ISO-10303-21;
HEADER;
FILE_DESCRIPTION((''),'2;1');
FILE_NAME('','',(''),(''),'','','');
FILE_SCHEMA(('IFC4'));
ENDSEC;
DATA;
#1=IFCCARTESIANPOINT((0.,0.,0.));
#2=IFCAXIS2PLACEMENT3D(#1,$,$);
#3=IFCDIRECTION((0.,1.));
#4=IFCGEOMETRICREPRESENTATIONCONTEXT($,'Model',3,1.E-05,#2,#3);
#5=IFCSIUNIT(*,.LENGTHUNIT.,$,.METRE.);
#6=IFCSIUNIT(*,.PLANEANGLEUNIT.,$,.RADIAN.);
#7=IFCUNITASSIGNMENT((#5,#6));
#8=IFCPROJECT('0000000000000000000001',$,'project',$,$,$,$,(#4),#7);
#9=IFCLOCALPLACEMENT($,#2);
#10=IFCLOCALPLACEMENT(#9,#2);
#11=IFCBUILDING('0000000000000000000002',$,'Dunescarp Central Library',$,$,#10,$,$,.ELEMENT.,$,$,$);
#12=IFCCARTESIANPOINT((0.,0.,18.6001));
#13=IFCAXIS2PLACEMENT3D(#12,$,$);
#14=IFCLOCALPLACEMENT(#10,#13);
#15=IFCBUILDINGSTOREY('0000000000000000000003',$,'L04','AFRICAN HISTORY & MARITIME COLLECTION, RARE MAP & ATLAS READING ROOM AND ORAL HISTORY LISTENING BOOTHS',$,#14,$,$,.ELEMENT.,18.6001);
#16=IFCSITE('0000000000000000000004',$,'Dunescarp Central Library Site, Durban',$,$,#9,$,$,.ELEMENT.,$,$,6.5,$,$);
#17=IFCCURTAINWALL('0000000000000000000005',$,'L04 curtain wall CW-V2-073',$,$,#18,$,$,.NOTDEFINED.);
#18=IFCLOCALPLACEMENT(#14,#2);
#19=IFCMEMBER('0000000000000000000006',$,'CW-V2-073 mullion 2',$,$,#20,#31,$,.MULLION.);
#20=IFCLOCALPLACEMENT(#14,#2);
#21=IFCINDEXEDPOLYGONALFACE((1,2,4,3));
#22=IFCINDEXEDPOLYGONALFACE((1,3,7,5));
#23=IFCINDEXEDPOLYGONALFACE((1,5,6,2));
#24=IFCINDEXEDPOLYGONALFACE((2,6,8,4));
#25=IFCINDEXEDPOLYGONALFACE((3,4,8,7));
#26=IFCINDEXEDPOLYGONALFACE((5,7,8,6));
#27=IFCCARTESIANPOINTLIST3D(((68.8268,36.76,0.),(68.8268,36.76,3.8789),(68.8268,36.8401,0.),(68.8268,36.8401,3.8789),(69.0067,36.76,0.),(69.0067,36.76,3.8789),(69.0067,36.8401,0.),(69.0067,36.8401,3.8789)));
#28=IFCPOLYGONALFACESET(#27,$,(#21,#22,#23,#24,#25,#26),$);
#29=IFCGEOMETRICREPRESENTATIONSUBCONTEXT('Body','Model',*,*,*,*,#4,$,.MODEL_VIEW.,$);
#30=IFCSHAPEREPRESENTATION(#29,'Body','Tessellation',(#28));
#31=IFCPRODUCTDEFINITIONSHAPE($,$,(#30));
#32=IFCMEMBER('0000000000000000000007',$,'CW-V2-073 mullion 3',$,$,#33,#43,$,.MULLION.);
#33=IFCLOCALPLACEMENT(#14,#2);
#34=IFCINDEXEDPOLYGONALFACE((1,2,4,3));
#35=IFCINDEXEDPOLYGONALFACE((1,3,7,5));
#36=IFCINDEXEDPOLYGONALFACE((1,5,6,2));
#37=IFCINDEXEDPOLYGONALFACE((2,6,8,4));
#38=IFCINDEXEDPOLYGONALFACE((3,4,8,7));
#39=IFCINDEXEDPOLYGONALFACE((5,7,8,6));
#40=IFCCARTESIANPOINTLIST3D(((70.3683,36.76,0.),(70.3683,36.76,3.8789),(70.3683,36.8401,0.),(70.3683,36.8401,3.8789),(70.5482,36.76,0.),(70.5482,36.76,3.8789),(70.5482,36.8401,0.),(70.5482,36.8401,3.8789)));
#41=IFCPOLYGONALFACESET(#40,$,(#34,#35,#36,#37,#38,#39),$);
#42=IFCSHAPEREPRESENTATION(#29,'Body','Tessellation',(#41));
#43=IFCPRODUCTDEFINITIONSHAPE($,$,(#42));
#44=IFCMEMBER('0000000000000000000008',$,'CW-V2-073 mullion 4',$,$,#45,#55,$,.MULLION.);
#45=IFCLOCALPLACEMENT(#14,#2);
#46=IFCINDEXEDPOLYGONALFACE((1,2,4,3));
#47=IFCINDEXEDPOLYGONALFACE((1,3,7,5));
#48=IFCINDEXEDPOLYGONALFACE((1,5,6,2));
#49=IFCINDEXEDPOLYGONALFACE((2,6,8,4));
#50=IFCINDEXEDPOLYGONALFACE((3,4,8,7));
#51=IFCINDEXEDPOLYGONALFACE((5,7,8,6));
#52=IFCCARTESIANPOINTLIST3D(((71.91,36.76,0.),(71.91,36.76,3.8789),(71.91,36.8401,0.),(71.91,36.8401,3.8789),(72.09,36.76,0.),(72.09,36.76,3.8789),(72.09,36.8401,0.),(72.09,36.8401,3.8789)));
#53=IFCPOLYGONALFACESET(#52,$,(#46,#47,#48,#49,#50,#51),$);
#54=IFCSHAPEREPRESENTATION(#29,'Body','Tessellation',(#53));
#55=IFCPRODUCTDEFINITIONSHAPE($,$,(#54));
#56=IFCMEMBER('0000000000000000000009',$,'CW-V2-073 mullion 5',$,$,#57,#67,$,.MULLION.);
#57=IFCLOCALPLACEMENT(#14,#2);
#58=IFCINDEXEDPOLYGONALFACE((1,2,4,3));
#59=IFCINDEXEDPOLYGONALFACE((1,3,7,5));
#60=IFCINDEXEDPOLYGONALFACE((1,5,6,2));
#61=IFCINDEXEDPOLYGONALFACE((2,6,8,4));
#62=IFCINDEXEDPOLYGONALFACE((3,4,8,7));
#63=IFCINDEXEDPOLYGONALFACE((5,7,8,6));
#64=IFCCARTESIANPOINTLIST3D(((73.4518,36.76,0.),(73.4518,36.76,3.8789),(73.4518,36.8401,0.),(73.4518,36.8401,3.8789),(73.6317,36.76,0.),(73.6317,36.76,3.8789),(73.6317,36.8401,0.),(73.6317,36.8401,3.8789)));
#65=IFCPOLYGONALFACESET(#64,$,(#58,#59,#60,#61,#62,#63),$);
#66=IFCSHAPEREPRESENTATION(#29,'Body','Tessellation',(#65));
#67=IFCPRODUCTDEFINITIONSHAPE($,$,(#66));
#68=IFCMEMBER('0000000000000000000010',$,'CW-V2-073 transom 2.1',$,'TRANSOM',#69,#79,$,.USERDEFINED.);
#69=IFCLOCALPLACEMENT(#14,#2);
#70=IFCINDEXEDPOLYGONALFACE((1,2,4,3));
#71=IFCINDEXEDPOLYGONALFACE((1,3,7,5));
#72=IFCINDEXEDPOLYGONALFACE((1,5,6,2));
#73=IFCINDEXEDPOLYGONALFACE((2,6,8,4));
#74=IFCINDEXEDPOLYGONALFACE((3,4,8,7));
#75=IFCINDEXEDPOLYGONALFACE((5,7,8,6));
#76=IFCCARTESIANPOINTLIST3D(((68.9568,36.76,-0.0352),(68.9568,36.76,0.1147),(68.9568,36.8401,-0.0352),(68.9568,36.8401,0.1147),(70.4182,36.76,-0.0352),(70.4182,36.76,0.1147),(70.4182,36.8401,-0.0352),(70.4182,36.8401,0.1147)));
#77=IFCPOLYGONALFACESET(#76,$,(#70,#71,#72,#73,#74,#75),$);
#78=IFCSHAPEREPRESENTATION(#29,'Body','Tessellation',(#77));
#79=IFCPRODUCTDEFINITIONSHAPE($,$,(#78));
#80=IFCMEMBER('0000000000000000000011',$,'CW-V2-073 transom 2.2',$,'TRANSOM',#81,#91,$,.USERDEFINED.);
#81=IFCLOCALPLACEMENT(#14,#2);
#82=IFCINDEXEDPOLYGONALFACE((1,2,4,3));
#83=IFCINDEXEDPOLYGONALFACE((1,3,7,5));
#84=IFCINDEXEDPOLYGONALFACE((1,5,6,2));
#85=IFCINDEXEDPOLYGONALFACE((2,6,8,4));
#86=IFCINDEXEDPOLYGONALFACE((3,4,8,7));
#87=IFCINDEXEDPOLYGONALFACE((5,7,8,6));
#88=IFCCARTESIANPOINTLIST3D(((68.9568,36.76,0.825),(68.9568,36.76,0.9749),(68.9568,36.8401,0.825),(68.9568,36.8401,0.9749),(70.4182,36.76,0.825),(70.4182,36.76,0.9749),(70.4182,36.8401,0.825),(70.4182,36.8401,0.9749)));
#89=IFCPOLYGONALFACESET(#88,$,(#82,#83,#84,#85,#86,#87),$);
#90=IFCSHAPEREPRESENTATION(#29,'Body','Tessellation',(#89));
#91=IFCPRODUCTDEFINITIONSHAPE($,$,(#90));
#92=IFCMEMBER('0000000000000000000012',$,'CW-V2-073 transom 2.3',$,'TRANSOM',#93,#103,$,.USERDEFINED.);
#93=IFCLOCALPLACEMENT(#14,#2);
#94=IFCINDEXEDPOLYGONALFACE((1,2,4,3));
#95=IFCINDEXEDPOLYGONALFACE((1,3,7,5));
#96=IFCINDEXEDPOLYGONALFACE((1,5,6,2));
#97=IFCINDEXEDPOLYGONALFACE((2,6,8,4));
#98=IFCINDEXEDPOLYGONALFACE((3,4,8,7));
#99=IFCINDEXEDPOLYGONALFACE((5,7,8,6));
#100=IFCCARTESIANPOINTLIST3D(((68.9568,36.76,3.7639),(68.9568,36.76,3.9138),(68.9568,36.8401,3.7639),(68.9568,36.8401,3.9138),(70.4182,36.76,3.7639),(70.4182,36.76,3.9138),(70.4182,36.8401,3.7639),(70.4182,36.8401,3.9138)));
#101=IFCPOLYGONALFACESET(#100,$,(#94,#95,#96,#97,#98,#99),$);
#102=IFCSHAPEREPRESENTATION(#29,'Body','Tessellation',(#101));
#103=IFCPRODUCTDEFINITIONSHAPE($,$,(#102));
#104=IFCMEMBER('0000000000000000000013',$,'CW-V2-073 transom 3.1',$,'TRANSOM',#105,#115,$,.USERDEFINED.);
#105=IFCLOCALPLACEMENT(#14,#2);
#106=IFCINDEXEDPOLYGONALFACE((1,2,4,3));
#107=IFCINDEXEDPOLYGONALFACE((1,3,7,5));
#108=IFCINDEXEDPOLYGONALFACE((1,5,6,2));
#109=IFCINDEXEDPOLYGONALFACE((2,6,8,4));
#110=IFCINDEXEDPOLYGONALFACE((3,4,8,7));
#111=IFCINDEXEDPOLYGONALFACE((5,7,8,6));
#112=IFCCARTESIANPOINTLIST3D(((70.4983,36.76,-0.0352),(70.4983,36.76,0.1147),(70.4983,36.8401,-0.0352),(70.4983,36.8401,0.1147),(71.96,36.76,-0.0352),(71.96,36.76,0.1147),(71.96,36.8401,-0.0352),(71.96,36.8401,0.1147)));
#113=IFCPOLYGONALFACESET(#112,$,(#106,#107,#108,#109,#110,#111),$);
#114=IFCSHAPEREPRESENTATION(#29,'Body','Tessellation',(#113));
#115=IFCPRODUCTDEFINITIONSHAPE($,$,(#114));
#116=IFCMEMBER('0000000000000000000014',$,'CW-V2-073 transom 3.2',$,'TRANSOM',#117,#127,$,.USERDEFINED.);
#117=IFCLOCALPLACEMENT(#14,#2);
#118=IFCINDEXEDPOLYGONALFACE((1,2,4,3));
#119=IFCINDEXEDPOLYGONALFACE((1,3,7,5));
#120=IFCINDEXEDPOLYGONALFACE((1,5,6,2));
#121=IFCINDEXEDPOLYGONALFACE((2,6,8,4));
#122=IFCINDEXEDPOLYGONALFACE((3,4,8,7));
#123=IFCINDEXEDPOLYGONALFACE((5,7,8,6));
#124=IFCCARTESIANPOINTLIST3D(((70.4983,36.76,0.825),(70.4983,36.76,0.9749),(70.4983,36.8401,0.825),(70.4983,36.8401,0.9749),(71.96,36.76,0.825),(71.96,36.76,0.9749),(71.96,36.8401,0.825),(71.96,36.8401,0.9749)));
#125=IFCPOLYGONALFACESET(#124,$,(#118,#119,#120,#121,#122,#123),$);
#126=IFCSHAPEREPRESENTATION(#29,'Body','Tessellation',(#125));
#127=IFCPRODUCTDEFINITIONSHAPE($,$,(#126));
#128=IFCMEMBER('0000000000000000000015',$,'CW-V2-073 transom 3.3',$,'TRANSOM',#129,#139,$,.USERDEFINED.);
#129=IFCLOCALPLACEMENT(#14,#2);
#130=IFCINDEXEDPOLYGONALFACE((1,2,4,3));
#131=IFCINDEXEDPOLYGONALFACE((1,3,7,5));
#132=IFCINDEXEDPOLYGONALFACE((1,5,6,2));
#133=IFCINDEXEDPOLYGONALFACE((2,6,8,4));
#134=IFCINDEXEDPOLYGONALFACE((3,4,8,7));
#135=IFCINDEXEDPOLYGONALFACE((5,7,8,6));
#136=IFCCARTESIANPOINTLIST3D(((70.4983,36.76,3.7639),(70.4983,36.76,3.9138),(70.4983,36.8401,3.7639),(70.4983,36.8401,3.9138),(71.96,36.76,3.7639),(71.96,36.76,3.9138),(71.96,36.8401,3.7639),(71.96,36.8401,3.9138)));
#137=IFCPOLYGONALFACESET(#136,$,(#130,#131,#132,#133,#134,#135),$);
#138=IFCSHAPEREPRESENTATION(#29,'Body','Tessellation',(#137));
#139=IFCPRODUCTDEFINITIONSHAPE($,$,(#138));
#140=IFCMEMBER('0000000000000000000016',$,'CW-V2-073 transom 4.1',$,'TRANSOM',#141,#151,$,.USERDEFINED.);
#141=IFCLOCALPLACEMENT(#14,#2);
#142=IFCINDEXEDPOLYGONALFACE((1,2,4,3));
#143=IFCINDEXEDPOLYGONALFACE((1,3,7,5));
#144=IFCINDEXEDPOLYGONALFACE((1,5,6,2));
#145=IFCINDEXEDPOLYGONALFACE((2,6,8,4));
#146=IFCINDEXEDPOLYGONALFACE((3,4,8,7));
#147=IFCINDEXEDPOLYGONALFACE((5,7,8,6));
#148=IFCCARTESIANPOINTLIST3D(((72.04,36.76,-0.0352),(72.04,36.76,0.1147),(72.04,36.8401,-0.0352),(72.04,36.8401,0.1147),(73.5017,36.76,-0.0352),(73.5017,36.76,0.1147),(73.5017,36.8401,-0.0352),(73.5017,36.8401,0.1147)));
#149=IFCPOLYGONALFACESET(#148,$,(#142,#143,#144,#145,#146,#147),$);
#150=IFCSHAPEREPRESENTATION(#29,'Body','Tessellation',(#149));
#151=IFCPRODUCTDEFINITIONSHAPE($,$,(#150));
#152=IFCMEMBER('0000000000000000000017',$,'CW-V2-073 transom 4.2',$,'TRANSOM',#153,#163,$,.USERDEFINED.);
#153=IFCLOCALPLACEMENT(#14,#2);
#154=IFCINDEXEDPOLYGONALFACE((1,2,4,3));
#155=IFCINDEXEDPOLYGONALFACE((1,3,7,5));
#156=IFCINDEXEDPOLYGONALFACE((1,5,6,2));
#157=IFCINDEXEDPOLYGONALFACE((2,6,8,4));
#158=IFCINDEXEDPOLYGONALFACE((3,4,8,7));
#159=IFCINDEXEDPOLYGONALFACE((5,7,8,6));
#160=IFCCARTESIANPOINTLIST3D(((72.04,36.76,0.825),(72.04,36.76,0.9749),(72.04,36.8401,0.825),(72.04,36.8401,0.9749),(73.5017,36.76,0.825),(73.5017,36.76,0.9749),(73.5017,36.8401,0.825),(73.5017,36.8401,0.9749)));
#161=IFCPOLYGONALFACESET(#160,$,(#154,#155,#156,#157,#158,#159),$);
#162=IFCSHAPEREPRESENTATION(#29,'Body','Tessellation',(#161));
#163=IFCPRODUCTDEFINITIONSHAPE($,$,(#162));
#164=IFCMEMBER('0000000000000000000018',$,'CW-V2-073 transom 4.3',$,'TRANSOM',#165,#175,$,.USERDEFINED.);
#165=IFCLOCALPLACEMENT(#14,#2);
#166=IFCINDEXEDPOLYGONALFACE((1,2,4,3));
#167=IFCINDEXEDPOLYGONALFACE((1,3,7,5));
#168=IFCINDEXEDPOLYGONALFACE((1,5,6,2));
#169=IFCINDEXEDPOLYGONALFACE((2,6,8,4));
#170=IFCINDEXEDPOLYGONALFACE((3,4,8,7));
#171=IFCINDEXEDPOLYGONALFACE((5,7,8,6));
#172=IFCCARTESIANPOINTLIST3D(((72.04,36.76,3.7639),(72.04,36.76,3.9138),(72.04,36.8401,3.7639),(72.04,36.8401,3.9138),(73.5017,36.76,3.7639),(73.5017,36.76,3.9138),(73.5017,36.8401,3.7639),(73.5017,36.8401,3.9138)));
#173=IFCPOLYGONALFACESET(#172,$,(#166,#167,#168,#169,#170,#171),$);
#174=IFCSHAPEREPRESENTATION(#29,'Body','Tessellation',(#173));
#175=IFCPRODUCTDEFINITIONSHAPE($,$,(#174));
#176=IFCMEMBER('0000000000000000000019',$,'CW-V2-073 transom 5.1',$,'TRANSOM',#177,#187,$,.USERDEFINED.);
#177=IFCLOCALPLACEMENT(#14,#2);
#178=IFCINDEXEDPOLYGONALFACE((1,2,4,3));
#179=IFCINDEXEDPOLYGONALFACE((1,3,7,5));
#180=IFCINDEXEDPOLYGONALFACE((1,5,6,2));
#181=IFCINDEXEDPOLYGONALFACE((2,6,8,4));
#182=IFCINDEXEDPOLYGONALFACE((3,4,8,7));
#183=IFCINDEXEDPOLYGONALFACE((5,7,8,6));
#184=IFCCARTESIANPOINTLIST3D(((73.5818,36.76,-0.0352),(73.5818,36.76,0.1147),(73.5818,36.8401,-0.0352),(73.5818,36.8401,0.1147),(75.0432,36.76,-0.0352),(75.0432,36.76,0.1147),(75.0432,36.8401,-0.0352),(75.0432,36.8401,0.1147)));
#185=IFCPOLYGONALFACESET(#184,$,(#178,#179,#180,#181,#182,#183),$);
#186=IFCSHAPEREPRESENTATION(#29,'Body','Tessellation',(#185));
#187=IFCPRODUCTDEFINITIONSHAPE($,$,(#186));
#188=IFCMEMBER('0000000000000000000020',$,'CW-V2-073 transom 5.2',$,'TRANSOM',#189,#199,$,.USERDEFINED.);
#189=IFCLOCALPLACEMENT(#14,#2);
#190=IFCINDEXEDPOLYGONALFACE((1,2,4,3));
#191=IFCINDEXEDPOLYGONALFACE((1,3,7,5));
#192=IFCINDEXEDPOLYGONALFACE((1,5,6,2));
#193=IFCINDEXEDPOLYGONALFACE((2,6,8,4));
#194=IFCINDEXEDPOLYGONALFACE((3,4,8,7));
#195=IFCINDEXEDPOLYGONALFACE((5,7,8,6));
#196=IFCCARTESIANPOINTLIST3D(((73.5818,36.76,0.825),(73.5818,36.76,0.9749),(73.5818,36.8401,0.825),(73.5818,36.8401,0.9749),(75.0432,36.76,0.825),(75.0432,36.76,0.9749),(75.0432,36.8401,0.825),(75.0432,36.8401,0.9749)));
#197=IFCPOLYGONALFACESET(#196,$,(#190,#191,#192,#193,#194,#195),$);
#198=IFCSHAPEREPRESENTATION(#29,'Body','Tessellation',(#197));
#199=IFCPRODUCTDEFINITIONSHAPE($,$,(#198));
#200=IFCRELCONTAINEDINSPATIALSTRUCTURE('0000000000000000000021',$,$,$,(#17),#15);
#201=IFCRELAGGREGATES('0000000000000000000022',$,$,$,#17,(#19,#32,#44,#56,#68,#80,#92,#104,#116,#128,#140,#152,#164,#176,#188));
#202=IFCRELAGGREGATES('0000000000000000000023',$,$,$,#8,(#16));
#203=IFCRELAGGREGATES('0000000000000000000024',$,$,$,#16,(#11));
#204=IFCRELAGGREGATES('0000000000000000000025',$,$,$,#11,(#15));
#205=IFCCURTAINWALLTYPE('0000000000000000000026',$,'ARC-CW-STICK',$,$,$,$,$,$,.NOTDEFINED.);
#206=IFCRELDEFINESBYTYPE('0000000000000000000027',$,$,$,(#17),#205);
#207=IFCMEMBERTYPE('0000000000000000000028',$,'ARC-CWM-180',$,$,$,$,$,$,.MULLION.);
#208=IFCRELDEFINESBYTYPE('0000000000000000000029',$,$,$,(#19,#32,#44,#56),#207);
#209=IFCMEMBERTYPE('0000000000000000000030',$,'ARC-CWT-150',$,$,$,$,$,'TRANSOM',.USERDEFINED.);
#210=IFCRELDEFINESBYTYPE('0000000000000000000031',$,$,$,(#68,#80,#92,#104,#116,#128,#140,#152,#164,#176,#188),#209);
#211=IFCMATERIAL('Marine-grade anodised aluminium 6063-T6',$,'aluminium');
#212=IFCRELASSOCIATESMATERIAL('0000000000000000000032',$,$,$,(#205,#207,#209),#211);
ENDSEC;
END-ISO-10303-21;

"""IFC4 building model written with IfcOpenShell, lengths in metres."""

from ifc_helpers import new_model, si_unit, direction, frame, origin, origin_2d, place, context, subcontext, project, spatial, rectangle, extrude, material, material_profile, profile_set, type_object, element, aggregate, save


model = new_model("IFC4")

# Units and contexts
model_context = context("Model", 3, precision=1e-05, world=origin(), true_north=direction((0.0, 1.0)))
body_context = subcontext(model_context, "Body", "Model", "MODEL_VIEW")
ifc_project = project(units=[si_unit("LENGTHUNIT", "METRE"), si_unit("PLANEANGLEUNIT", "RADIAN")], contexts=[model_context])

# Site, building, storey
site_placement = place(None, origin())
site = spatial("IfcSite", under=ifc_project, at=site_placement, Name="Dunescarp Central Library Site, Durban", CompositionType="ELEMENT", RefElevation=6.5)
building_placement = place(site_placement, origin())
building = spatial("IfcBuilding", under=site, at=building_placement, Name="Dunescarp Central Library", CompositionType="ELEMENT")
storey_placement = place(building_placement, frame((0.0, 0.0, 18.6001)))
storey = spatial("IfcBuildingStorey", under=building, at=storey_placement, Name="L04", Description="AFRICAN HISTORY & MARITIME COLLECTION, RARE MAP & ATLAS READING ROOM AND ORAL HISTORY LISTENING BOOTHS", CompositionType="ELEMENT", Elevation=18.6001)

# Curtain wall, members
ifc_material_1 = material(Name="Marine-grade anodised aluminium 6063-T6", Category="aluminium")
curtain_wall_type = type_object("IfcCurtainWallType", Name="ARC-CW-STICK", PredefinedType="NOTDEFINED", material=ifc_material_1)
curtain_wall_placement = place(storey_placement, origin())
curtain_wall = element("IfcCurtainWall", 1, at=curtain_wall_placement, inside=storey, type_object=curtain_wall_type, Name="L04 curtain wall CW-V2-073", PredefinedType="NOTDEFINED")
ifc_material_profile_1 = material_profile(ifc_material_1, rectangle(XDim=0.0801, YDim=0.1799, at=origin_2d()), Name="AL 80x180")
ifc_profile_set_1 = profile_set([ifc_material_profile_1], Name="Marine-grade anodised aluminium 6063-T6")
member_type_1 = type_object("IfcMemberType", Name="ARC-CWM-180", PredefinedType="MULLION", material=ifc_profile_set_1)
member_1_placement = place(storey_placement, frame((68.9167, 36.8, 0.0), z_axis=(0.0, 0.0, 1.0), x_axis=(0.0, 1.0, 0.0)))
member_1 = element("IfcMember", 2, at=member_1_placement, type_object=member_type_1, Name="CW-V2-073 mullion 2", PredefinedType="MULLION", context=body_context, shape_type="SweptSolid", body=[
    extrude(rectangle(XDim=0.0801, YDim=0.1799, at=origin_2d()), origin(), (0.0, 0.0, 1.0), 3.8789),
])
member_2_placement = place(storey_placement, frame((70.4583, 36.8, 0.0), z_axis=(0.0, 0.0, 1.0), x_axis=(0.0, 1.0, 0.0)))
member_2 = element("IfcMember", 3, at=member_2_placement, type_object=member_type_1, Name="CW-V2-073 mullion 3", PredefinedType="MULLION", context=body_context, shape_type="SweptSolid", body=[
    extrude(rectangle(XDim=0.0801, YDim=0.1799, at=origin_2d()), origin(), (0.0, 0.0, 1.0), 3.8789),
])
member_3_placement = place(storey_placement, frame((72.0, 36.8, 0.0), z_axis=(0.0, 0.0, 1.0), x_axis=(0.0, 1.0, 0.0)))
member_3 = element("IfcMember", 4, at=member_3_placement, type_object=member_type_1, Name="CW-V2-073 mullion 4", PredefinedType="MULLION", context=body_context, shape_type="SweptSolid", body=[
    extrude(rectangle(XDim=0.0801, YDim=0.1799, at=origin_2d()), origin(), (0.0, 0.0, 1.0), 3.8789),
])
member_4_placement = place(storey_placement, frame((73.5417, 36.8, 0.0), z_axis=(0.0, 0.0, 1.0), x_axis=(0.0, 1.0, 0.0)))
member_4 = element("IfcMember", 5, at=member_4_placement, type_object=member_type_1, Name="CW-V2-073 mullion 5", PredefinedType="MULLION", context=body_context, shape_type="SweptSolid", body=[
    extrude(rectangle(XDim=0.0801, YDim=0.1799, at=origin_2d()), origin(), (0.0, 0.0, 1.0), 3.8789),
])
ifc_material_profile_2 = material_profile(ifc_material_1, rectangle(XDim=0.0801, YDim=0.1499, at=origin_2d()), Name="AL 80x150")
ifc_profile_set_2 = profile_set([ifc_material_profile_2], Name="Marine-grade anodised aluminium 6063-T6")
member_type_2 = type_object("IfcMemberType", Name="ARC-CWT-150", ElementType="TRANSOM", PredefinedType="USERDEFINED", material=ifc_profile_set_2)
member_5_placement = place(storey_placement, frame((68.9568, 36.8, 0.0398), z_axis=(1.0, 0.0, 0.0), x_axis=(0.0, 1.0, 0.0)))
member_5 = element("IfcMember", 6, at=member_5_placement, type_object=member_type_2, Name="CW-V2-073 transom 2.1", ObjectType="TRANSOM", PredefinedType="USERDEFINED", context=body_context, shape_type="SweptSolid", body=[
    extrude(rectangle(XDim=0.0801, YDim=0.1499, at=origin_2d()), origin(), (0.0, 0.0, 1.0), 1.4614),
])
member_6_placement = place(storey_placement, frame((68.9568, 36.8, 0.8999), z_axis=(1.0, 0.0, 0.0), x_axis=(0.0, 1.0, 0.0)))
member_6 = element("IfcMember", 7, at=member_6_placement, type_object=member_type_2, Name="CW-V2-073 transom 2.2", ObjectType="TRANSOM", PredefinedType="USERDEFINED", context=body_context, shape_type="SweptSolid", body=[
    extrude(rectangle(XDim=0.0801, YDim=0.1499, at=origin_2d()), origin(), (0.0, 0.0, 1.0), 1.4614),
])
member_7_placement = place(storey_placement, frame((68.9568, 36.8, 3.8389), z_axis=(1.0, 0.0, 0.0), x_axis=(0.0, 1.0, 0.0)))
member_7 = element("IfcMember", 8, at=member_7_placement, type_object=member_type_2, Name="CW-V2-073 transom 2.3", ObjectType="TRANSOM", PredefinedType="USERDEFINED", context=body_context, shape_type="SweptSolid", body=[
    extrude(rectangle(XDim=0.0801, YDim=0.1499, at=origin_2d()), origin(), (0.0, 0.0, 1.0), 1.4614),
])
member_8_placement = place(storey_placement, frame((70.4983, 36.8, 0.0398), z_axis=(1.0, 0.0, 0.0), x_axis=(0.0, 1.0, 0.0)))
member_8 = element("IfcMember", 9, at=member_8_placement, type_object=member_type_2, Name="CW-V2-073 transom 3.1", ObjectType="TRANSOM", PredefinedType="USERDEFINED", context=body_context, shape_type="SweptSolid", body=[
    extrude(rectangle(XDim=0.0801, YDim=0.1499, at=origin_2d()), origin(), (0.0, 0.0, 1.0), 1.4617),
])
member_9_placement = place(storey_placement, frame((70.4983, 36.8, 0.8999), z_axis=(1.0, 0.0, 0.0), x_axis=(0.0, 1.0, 0.0)))
member_9 = element("IfcMember", 10, at=member_9_placement, type_object=member_type_2, Name="CW-V2-073 transom 3.2", ObjectType="TRANSOM", PredefinedType="USERDEFINED", context=body_context, shape_type="SweptSolid", body=[
    extrude(rectangle(XDim=0.0801, YDim=0.1499, at=origin_2d()), origin(), (0.0, 0.0, 1.0), 1.4617),
])
member_10_placement = place(storey_placement, frame((70.4983, 36.8, 3.8389), z_axis=(1.0, 0.0, 0.0), x_axis=(0.0, 1.0, 0.0)))
member_10 = element("IfcMember", 11, at=member_10_placement, type_object=member_type_2, Name="CW-V2-073 transom 3.3", ObjectType="TRANSOM", PredefinedType="USERDEFINED", context=body_context, shape_type="SweptSolid", body=[
    extrude(rectangle(XDim=0.0801, YDim=0.1499, at=origin_2d()), origin(), (0.0, 0.0, 1.0), 1.4617),
])
member_11_placement = place(storey_placement, frame((72.04, 36.8, 0.0398), z_axis=(1.0, 0.0, 0.0), x_axis=(0.0, 1.0, 0.0)))
member_11 = element("IfcMember", 12, at=member_11_placement, type_object=member_type_2, Name="CW-V2-073 transom 4.1", ObjectType="TRANSOM", PredefinedType="USERDEFINED", context=body_context, shape_type="SweptSolid", body=[
    extrude(rectangle(XDim=0.0801, YDim=0.1499, at=origin_2d()), origin(), (0.0, 0.0, 1.0), 1.4617),
])
member_12_placement = place(storey_placement, frame((72.04, 36.8, 0.8999), z_axis=(1.0, 0.0, 0.0), x_axis=(0.0, 1.0, 0.0)))
member_12 = element("IfcMember", 13, at=member_12_placement, type_object=member_type_2, Name="CW-V2-073 transom 4.2", ObjectType="TRANSOM", PredefinedType="USERDEFINED", context=body_context, shape_type="SweptSolid", body=[
    extrude(rectangle(XDim=0.0801, YDim=0.1499, at=origin_2d()), origin(), (0.0, 0.0, 1.0), 1.4617),
])
member_13_placement = place(storey_placement, frame((72.04, 36.8, 3.8389), z_axis=(1.0, 0.0, 0.0), x_axis=(0.0, 1.0, 0.0)))
member_13 = element("IfcMember", 14, at=member_13_placement, type_object=member_type_2, Name="CW-V2-073 transom 4.3", ObjectType="TRANSOM", PredefinedType="USERDEFINED", context=body_context, shape_type="SweptSolid", body=[
    extrude(rectangle(XDim=0.0801, YDim=0.1499, at=origin_2d()), origin(), (0.0, 0.0, 1.0), 1.4617),
])
member_14_placement = place(storey_placement, frame((73.5818, 36.8, 0.0398), z_axis=(1.0, 0.0, 0.0), x_axis=(0.0, 1.0, 0.0)))
member_14 = element("IfcMember", 15, at=member_14_placement, type_object=member_type_2, Name="CW-V2-073 transom 5.1", ObjectType="TRANSOM", PredefinedType="USERDEFINED", context=body_context, shape_type="SweptSolid", body=[
    extrude(rectangle(XDim=0.0801, YDim=0.1499, at=origin_2d()), origin(), (0.0, 0.0, 1.0), 1.4614),
])
member_15_placement = place(storey_placement, frame((73.5818, 36.8, 0.8999), z_axis=(1.0, 0.0, 0.0), x_axis=(0.0, 1.0, 0.0)))
member_15 = element("IfcMember", 16, at=member_15_placement, type_object=member_type_2, Name="CW-V2-073 transom 5.2", ObjectType="TRANSOM", PredefinedType="USERDEFINED", context=body_context, shape_type="SweptSolid", body=[
    extrude(rectangle(XDim=0.0801, YDim=0.1499, at=origin_2d()), origin(), (0.0, 0.0, 1.0), 1.4614),
])

aggregate(curtain_wall, [member_1, member_2, member_3, member_4, member_5, member_6, member_7, member_8, member_9, member_10, member_11, member_12, member_13, member_14, member_15])

save(model, "model.ifc")
